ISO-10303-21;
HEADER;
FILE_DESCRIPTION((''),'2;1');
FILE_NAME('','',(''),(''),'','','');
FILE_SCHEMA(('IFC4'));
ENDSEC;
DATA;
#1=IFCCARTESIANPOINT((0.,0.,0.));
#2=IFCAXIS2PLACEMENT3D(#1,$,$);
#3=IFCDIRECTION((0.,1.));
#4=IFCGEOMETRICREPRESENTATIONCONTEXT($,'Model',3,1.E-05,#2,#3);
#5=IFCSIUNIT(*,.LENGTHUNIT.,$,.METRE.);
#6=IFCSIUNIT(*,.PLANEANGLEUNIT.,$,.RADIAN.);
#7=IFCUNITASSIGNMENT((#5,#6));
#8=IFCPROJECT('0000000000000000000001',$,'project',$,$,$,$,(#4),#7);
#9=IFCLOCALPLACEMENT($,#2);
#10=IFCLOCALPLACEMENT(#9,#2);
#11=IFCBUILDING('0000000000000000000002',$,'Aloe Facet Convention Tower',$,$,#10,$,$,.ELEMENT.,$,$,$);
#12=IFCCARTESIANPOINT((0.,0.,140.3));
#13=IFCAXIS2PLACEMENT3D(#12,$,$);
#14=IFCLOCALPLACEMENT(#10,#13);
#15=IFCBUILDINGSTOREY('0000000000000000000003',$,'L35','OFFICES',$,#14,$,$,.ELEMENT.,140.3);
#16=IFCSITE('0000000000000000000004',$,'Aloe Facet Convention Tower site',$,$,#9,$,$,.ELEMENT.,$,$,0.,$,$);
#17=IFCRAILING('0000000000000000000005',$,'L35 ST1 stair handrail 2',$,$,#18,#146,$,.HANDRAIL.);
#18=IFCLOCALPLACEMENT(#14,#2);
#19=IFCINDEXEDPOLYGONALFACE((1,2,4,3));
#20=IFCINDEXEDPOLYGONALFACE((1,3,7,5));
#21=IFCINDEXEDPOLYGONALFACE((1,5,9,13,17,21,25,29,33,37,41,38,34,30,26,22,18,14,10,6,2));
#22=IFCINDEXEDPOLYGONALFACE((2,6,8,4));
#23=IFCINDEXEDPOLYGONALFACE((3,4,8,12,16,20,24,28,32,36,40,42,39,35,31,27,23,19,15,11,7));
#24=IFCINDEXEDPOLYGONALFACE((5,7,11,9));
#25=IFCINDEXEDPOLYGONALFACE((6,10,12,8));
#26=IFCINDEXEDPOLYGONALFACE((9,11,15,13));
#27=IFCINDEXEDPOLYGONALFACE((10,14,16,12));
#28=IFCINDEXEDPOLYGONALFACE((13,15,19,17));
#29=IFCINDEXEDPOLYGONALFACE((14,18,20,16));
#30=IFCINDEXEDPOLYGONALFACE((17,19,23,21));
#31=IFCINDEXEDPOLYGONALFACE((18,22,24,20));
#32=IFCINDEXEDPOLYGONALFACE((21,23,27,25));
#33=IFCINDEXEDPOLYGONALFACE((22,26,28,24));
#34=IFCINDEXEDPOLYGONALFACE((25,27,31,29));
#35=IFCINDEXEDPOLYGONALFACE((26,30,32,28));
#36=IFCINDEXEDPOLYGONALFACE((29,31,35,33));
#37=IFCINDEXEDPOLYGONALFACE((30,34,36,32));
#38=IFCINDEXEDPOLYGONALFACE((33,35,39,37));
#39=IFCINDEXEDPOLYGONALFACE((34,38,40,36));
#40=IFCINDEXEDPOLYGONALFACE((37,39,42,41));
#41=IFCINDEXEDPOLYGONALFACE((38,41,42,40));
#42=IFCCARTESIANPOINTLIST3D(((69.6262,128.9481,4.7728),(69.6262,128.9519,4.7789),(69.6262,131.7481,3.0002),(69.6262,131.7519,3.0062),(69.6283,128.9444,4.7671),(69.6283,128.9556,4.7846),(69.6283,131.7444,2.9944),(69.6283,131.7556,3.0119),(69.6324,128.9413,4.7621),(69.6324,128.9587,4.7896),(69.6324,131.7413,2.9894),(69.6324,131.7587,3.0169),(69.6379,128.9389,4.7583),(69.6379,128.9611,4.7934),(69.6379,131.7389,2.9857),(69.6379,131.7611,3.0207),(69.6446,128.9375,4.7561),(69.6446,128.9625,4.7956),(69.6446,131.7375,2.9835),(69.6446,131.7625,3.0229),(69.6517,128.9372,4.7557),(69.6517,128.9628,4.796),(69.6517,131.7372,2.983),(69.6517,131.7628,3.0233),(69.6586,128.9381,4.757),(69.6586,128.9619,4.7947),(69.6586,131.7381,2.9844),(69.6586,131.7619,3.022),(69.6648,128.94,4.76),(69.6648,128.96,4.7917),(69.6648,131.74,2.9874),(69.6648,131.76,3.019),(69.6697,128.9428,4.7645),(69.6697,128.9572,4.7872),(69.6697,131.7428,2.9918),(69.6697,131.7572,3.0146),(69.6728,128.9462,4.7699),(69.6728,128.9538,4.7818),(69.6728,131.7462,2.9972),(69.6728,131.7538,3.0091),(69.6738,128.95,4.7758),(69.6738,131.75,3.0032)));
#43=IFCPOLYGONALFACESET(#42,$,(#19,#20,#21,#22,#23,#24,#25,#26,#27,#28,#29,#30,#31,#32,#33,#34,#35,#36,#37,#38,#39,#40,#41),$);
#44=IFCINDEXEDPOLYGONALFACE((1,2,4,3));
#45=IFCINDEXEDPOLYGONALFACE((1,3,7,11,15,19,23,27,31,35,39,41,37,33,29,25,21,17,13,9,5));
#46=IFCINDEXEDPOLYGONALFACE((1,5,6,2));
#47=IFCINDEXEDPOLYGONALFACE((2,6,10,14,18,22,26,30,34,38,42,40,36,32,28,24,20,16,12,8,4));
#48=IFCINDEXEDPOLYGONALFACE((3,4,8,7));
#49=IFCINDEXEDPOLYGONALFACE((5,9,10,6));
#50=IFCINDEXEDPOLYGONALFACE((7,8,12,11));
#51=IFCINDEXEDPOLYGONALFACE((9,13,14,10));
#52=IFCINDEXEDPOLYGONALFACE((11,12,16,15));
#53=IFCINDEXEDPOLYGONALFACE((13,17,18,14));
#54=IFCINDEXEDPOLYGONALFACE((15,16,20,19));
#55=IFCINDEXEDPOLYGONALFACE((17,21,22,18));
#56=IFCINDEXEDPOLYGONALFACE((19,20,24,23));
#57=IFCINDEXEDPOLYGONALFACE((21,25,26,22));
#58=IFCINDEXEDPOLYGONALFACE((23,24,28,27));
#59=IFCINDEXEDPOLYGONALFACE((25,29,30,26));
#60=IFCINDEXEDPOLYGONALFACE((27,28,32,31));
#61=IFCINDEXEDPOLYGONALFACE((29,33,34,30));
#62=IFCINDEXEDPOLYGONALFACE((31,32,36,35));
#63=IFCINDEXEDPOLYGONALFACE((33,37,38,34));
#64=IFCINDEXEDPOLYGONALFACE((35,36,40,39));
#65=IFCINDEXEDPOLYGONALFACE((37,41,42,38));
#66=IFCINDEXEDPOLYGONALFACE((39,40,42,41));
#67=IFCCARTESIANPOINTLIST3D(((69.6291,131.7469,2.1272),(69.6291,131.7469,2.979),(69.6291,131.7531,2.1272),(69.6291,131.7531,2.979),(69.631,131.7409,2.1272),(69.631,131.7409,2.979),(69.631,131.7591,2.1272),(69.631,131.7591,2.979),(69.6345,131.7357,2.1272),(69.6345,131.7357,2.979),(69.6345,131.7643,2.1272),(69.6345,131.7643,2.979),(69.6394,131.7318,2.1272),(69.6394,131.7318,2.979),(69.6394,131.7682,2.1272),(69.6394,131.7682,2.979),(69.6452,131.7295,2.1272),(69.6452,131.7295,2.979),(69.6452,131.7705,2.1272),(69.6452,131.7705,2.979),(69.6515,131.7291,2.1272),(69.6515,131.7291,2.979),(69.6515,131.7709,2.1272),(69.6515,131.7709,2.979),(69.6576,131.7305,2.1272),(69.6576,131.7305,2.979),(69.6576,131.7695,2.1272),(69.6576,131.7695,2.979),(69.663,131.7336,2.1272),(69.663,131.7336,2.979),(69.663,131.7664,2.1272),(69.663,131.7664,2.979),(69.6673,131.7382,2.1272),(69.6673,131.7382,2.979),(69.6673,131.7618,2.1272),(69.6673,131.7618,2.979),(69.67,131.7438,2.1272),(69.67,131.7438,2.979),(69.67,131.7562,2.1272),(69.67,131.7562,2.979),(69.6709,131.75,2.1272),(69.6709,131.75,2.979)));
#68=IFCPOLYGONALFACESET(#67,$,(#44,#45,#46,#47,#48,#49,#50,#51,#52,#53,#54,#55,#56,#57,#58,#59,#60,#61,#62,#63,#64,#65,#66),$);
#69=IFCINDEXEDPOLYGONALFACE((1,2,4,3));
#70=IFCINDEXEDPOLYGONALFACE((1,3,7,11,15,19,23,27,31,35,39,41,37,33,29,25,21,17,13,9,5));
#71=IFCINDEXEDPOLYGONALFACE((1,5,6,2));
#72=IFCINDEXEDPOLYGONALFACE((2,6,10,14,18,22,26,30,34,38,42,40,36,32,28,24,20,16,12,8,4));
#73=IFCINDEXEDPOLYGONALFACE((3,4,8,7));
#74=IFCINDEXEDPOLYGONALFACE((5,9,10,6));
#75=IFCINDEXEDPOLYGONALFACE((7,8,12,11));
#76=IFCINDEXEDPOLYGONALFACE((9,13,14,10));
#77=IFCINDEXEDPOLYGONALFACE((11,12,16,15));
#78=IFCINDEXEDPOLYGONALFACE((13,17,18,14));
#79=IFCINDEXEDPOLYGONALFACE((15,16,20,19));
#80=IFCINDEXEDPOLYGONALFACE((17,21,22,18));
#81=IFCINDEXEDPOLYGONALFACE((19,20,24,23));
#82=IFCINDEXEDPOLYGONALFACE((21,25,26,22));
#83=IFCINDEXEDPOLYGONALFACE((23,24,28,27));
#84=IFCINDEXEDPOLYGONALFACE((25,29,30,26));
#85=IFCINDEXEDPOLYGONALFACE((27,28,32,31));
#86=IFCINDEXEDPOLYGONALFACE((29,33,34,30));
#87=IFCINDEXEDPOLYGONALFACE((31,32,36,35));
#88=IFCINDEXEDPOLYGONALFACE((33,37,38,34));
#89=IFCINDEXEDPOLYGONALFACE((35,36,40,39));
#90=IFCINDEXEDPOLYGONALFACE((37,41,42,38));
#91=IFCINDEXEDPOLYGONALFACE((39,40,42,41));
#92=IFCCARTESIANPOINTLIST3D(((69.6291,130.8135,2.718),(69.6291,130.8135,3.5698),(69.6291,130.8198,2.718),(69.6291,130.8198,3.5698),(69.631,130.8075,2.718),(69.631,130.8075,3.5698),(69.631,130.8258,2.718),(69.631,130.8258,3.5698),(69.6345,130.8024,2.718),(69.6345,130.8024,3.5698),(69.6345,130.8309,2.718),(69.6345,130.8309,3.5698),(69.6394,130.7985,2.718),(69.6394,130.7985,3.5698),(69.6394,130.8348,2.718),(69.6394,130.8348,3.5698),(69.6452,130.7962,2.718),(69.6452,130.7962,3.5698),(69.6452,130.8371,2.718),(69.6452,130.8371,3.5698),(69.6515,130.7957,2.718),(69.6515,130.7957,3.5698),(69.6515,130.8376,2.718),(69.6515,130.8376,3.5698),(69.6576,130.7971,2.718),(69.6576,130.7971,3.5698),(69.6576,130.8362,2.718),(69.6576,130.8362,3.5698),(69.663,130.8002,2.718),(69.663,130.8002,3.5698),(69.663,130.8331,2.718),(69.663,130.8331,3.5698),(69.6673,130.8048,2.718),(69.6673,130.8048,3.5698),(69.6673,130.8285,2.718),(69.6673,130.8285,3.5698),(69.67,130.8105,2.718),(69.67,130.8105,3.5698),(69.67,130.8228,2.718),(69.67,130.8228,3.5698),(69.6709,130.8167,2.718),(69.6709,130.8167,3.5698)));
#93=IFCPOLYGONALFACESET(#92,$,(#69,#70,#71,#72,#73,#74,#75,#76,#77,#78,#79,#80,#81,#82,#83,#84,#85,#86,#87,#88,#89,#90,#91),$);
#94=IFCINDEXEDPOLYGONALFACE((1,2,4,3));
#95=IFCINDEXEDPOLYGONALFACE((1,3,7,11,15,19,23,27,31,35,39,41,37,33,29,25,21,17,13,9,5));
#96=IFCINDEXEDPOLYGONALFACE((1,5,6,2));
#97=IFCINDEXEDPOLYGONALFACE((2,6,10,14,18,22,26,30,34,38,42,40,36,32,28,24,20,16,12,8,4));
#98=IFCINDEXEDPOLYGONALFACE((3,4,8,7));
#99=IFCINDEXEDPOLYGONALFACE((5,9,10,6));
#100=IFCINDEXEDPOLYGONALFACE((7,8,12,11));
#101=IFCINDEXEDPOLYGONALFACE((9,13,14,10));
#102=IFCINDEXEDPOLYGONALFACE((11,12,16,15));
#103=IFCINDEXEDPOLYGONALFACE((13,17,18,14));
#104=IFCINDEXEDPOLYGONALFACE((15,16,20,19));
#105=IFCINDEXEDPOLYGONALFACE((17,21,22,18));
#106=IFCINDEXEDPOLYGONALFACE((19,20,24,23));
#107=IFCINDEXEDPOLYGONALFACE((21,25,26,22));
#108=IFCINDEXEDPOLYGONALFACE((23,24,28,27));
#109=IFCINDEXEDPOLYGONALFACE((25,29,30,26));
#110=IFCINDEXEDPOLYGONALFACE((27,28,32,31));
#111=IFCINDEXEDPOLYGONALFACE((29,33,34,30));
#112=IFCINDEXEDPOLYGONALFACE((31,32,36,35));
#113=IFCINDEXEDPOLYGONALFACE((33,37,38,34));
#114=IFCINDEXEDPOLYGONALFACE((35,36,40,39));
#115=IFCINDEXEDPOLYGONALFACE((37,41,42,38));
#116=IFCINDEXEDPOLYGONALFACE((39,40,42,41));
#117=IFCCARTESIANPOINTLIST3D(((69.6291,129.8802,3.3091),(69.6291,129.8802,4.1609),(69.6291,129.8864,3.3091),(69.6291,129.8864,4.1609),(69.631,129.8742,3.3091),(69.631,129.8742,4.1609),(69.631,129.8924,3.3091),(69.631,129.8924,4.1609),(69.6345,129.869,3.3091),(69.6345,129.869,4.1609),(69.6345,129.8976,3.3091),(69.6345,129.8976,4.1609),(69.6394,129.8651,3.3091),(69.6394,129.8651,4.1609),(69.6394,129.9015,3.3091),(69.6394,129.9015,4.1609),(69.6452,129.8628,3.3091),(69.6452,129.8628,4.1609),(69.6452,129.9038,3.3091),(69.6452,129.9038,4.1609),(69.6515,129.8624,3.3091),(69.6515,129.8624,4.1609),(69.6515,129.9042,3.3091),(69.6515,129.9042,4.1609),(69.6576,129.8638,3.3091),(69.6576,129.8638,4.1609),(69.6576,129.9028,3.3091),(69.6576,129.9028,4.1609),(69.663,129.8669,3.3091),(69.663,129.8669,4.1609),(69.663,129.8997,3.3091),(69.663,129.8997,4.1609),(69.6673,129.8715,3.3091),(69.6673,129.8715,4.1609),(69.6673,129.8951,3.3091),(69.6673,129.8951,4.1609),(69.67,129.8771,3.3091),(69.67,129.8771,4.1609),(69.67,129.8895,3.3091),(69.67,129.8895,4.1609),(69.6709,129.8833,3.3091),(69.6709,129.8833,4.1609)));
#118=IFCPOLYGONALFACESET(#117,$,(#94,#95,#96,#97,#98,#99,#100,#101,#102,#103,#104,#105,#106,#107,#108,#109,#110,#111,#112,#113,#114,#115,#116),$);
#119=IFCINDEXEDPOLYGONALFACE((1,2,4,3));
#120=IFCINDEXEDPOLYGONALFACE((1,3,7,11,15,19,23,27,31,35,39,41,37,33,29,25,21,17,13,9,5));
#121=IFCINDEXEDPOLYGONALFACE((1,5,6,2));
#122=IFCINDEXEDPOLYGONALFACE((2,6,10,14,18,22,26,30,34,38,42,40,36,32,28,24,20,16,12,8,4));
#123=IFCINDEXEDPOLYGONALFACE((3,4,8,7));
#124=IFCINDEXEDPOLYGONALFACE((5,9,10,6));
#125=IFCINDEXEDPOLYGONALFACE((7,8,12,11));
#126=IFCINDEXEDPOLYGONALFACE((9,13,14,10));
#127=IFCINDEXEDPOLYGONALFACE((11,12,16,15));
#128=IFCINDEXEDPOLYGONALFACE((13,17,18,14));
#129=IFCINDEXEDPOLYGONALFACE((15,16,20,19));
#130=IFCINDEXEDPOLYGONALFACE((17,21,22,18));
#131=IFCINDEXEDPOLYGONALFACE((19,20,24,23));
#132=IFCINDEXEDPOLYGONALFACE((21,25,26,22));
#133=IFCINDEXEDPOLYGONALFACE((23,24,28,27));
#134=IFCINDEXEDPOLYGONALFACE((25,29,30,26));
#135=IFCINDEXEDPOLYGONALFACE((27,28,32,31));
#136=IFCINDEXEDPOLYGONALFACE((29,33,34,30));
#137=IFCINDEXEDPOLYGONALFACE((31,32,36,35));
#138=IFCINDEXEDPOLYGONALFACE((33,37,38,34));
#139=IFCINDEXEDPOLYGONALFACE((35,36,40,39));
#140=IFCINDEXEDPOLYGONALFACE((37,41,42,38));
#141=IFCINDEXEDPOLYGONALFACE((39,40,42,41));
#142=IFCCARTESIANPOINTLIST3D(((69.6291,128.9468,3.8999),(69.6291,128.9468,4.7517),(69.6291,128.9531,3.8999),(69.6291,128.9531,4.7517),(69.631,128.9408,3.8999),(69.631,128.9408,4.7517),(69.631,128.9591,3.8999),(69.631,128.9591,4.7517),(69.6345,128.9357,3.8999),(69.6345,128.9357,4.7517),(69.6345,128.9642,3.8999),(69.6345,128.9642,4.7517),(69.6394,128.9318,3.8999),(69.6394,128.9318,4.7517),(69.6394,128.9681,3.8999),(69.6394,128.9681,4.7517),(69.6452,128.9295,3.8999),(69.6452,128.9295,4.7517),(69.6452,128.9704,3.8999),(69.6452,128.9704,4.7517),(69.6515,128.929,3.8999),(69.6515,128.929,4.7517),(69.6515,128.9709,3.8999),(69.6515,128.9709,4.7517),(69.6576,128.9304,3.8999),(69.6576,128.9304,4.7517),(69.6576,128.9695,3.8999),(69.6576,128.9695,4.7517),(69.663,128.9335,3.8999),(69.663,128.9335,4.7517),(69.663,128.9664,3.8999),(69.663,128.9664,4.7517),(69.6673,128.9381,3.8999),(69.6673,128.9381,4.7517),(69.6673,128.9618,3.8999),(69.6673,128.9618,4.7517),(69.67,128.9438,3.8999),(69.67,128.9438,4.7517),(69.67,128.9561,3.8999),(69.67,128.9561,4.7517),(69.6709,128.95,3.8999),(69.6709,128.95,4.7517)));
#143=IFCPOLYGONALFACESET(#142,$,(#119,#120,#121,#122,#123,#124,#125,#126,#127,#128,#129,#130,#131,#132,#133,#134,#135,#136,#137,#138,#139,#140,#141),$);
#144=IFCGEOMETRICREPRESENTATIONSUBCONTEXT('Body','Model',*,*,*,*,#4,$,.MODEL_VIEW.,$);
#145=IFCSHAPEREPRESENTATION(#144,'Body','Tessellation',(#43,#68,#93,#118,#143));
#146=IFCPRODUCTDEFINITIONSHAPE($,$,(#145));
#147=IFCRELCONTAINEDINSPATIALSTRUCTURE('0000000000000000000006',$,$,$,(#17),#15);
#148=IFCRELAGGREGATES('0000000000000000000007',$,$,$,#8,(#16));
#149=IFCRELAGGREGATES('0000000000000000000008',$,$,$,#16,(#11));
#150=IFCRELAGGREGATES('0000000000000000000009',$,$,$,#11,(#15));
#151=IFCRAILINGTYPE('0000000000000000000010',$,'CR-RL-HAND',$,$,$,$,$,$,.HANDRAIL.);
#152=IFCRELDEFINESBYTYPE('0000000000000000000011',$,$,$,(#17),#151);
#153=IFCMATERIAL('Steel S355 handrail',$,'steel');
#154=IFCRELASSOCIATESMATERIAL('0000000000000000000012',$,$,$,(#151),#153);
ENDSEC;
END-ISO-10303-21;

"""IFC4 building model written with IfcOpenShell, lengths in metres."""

from ifc_helpers import new_model, si_unit, direction, frame, origin, origin_2d, place, context, subcontext, project, spatial, circle, extrude, material, type_object, element, save


model = new_model("IFC4")

# Units and contexts
model_context = context("Model", 3, precision=1e-05, world=origin(), true_north=direction((0.0, 1.0)))
body_context = subcontext(model_context, "Body", "Model", "MODEL_VIEW")
ifc_project = project(units=[si_unit("LENGTHUNIT", "METRE"), si_unit("PLANEANGLEUNIT", "RADIAN")], contexts=[model_context])

# Site, building, storey
site_placement = place(None, origin())
site = spatial("IfcSite", under=ifc_project, at=site_placement, Name="Aloe Facet Convention Tower site", CompositionType="ELEMENT", RefElevation=0.0)
building_placement = place(site_placement, origin())
building = spatial("IfcBuilding", under=site, at=building_placement, Name="Aloe Facet Convention Tower", CompositionType="ELEMENT")
storey_placement = place(building_placement, frame((0.0, 0.0, 140.3)))
storey = spatial("IfcBuildingStorey", under=building, at=storey_placement, Name="L35", Description="OFFICES", CompositionType="ELEMENT", Elevation=140.3)

# Railing
ifc_material_1 = material(Name="Steel S355 handrail", Category="steel")
railing_type_1 = type_object("IfcRailingType", Name="CR-RL-HAND", PredefinedType="HANDRAIL", material=ifc_material_1)
railing_1_placement = place(storey_placement, frame((69.6499, 131.75, 2.1272)))
element("IfcRailing", 1, at=railing_1_placement, inside=storey, type_object=railing_type_1, Name="L35 ST1 stair handrail 2", PredefinedType="HANDRAIL", context=body_context, shape_type="SweptSolid", body=[
    extrude(circle(Radius=0.0239, at=origin_2d()), frame((0.0, 0.0, 0.876), z_axis=(0.0, -0.844909, 0.53491), x_axis=(1.0, 0.0, 0.0)), (0.0, 0.0, 1.0), 3.314),
    extrude(circle(Radius=0.021, at=origin_2d()), origin(), (0.0, 0.0, 1.0), 0.8518),
    extrude(circle(Radius=0.021, at=origin_2d()), frame((0.0, -0.9333, 0.5908)), (0.0, 0.0, 1.0), 0.8518),
    extrude(circle(Radius=0.021, at=origin_2d()), frame((0.0, -1.8667, 1.1819)), (0.0, 0.0, 1.0), 0.8518),
    extrude(circle(Radius=0.021, at=origin_2d()), frame((0.0, -2.8, 1.7727)), (0.0, 0.0, 1.0), 0.8518),
])

save(model, "model.ifc")
